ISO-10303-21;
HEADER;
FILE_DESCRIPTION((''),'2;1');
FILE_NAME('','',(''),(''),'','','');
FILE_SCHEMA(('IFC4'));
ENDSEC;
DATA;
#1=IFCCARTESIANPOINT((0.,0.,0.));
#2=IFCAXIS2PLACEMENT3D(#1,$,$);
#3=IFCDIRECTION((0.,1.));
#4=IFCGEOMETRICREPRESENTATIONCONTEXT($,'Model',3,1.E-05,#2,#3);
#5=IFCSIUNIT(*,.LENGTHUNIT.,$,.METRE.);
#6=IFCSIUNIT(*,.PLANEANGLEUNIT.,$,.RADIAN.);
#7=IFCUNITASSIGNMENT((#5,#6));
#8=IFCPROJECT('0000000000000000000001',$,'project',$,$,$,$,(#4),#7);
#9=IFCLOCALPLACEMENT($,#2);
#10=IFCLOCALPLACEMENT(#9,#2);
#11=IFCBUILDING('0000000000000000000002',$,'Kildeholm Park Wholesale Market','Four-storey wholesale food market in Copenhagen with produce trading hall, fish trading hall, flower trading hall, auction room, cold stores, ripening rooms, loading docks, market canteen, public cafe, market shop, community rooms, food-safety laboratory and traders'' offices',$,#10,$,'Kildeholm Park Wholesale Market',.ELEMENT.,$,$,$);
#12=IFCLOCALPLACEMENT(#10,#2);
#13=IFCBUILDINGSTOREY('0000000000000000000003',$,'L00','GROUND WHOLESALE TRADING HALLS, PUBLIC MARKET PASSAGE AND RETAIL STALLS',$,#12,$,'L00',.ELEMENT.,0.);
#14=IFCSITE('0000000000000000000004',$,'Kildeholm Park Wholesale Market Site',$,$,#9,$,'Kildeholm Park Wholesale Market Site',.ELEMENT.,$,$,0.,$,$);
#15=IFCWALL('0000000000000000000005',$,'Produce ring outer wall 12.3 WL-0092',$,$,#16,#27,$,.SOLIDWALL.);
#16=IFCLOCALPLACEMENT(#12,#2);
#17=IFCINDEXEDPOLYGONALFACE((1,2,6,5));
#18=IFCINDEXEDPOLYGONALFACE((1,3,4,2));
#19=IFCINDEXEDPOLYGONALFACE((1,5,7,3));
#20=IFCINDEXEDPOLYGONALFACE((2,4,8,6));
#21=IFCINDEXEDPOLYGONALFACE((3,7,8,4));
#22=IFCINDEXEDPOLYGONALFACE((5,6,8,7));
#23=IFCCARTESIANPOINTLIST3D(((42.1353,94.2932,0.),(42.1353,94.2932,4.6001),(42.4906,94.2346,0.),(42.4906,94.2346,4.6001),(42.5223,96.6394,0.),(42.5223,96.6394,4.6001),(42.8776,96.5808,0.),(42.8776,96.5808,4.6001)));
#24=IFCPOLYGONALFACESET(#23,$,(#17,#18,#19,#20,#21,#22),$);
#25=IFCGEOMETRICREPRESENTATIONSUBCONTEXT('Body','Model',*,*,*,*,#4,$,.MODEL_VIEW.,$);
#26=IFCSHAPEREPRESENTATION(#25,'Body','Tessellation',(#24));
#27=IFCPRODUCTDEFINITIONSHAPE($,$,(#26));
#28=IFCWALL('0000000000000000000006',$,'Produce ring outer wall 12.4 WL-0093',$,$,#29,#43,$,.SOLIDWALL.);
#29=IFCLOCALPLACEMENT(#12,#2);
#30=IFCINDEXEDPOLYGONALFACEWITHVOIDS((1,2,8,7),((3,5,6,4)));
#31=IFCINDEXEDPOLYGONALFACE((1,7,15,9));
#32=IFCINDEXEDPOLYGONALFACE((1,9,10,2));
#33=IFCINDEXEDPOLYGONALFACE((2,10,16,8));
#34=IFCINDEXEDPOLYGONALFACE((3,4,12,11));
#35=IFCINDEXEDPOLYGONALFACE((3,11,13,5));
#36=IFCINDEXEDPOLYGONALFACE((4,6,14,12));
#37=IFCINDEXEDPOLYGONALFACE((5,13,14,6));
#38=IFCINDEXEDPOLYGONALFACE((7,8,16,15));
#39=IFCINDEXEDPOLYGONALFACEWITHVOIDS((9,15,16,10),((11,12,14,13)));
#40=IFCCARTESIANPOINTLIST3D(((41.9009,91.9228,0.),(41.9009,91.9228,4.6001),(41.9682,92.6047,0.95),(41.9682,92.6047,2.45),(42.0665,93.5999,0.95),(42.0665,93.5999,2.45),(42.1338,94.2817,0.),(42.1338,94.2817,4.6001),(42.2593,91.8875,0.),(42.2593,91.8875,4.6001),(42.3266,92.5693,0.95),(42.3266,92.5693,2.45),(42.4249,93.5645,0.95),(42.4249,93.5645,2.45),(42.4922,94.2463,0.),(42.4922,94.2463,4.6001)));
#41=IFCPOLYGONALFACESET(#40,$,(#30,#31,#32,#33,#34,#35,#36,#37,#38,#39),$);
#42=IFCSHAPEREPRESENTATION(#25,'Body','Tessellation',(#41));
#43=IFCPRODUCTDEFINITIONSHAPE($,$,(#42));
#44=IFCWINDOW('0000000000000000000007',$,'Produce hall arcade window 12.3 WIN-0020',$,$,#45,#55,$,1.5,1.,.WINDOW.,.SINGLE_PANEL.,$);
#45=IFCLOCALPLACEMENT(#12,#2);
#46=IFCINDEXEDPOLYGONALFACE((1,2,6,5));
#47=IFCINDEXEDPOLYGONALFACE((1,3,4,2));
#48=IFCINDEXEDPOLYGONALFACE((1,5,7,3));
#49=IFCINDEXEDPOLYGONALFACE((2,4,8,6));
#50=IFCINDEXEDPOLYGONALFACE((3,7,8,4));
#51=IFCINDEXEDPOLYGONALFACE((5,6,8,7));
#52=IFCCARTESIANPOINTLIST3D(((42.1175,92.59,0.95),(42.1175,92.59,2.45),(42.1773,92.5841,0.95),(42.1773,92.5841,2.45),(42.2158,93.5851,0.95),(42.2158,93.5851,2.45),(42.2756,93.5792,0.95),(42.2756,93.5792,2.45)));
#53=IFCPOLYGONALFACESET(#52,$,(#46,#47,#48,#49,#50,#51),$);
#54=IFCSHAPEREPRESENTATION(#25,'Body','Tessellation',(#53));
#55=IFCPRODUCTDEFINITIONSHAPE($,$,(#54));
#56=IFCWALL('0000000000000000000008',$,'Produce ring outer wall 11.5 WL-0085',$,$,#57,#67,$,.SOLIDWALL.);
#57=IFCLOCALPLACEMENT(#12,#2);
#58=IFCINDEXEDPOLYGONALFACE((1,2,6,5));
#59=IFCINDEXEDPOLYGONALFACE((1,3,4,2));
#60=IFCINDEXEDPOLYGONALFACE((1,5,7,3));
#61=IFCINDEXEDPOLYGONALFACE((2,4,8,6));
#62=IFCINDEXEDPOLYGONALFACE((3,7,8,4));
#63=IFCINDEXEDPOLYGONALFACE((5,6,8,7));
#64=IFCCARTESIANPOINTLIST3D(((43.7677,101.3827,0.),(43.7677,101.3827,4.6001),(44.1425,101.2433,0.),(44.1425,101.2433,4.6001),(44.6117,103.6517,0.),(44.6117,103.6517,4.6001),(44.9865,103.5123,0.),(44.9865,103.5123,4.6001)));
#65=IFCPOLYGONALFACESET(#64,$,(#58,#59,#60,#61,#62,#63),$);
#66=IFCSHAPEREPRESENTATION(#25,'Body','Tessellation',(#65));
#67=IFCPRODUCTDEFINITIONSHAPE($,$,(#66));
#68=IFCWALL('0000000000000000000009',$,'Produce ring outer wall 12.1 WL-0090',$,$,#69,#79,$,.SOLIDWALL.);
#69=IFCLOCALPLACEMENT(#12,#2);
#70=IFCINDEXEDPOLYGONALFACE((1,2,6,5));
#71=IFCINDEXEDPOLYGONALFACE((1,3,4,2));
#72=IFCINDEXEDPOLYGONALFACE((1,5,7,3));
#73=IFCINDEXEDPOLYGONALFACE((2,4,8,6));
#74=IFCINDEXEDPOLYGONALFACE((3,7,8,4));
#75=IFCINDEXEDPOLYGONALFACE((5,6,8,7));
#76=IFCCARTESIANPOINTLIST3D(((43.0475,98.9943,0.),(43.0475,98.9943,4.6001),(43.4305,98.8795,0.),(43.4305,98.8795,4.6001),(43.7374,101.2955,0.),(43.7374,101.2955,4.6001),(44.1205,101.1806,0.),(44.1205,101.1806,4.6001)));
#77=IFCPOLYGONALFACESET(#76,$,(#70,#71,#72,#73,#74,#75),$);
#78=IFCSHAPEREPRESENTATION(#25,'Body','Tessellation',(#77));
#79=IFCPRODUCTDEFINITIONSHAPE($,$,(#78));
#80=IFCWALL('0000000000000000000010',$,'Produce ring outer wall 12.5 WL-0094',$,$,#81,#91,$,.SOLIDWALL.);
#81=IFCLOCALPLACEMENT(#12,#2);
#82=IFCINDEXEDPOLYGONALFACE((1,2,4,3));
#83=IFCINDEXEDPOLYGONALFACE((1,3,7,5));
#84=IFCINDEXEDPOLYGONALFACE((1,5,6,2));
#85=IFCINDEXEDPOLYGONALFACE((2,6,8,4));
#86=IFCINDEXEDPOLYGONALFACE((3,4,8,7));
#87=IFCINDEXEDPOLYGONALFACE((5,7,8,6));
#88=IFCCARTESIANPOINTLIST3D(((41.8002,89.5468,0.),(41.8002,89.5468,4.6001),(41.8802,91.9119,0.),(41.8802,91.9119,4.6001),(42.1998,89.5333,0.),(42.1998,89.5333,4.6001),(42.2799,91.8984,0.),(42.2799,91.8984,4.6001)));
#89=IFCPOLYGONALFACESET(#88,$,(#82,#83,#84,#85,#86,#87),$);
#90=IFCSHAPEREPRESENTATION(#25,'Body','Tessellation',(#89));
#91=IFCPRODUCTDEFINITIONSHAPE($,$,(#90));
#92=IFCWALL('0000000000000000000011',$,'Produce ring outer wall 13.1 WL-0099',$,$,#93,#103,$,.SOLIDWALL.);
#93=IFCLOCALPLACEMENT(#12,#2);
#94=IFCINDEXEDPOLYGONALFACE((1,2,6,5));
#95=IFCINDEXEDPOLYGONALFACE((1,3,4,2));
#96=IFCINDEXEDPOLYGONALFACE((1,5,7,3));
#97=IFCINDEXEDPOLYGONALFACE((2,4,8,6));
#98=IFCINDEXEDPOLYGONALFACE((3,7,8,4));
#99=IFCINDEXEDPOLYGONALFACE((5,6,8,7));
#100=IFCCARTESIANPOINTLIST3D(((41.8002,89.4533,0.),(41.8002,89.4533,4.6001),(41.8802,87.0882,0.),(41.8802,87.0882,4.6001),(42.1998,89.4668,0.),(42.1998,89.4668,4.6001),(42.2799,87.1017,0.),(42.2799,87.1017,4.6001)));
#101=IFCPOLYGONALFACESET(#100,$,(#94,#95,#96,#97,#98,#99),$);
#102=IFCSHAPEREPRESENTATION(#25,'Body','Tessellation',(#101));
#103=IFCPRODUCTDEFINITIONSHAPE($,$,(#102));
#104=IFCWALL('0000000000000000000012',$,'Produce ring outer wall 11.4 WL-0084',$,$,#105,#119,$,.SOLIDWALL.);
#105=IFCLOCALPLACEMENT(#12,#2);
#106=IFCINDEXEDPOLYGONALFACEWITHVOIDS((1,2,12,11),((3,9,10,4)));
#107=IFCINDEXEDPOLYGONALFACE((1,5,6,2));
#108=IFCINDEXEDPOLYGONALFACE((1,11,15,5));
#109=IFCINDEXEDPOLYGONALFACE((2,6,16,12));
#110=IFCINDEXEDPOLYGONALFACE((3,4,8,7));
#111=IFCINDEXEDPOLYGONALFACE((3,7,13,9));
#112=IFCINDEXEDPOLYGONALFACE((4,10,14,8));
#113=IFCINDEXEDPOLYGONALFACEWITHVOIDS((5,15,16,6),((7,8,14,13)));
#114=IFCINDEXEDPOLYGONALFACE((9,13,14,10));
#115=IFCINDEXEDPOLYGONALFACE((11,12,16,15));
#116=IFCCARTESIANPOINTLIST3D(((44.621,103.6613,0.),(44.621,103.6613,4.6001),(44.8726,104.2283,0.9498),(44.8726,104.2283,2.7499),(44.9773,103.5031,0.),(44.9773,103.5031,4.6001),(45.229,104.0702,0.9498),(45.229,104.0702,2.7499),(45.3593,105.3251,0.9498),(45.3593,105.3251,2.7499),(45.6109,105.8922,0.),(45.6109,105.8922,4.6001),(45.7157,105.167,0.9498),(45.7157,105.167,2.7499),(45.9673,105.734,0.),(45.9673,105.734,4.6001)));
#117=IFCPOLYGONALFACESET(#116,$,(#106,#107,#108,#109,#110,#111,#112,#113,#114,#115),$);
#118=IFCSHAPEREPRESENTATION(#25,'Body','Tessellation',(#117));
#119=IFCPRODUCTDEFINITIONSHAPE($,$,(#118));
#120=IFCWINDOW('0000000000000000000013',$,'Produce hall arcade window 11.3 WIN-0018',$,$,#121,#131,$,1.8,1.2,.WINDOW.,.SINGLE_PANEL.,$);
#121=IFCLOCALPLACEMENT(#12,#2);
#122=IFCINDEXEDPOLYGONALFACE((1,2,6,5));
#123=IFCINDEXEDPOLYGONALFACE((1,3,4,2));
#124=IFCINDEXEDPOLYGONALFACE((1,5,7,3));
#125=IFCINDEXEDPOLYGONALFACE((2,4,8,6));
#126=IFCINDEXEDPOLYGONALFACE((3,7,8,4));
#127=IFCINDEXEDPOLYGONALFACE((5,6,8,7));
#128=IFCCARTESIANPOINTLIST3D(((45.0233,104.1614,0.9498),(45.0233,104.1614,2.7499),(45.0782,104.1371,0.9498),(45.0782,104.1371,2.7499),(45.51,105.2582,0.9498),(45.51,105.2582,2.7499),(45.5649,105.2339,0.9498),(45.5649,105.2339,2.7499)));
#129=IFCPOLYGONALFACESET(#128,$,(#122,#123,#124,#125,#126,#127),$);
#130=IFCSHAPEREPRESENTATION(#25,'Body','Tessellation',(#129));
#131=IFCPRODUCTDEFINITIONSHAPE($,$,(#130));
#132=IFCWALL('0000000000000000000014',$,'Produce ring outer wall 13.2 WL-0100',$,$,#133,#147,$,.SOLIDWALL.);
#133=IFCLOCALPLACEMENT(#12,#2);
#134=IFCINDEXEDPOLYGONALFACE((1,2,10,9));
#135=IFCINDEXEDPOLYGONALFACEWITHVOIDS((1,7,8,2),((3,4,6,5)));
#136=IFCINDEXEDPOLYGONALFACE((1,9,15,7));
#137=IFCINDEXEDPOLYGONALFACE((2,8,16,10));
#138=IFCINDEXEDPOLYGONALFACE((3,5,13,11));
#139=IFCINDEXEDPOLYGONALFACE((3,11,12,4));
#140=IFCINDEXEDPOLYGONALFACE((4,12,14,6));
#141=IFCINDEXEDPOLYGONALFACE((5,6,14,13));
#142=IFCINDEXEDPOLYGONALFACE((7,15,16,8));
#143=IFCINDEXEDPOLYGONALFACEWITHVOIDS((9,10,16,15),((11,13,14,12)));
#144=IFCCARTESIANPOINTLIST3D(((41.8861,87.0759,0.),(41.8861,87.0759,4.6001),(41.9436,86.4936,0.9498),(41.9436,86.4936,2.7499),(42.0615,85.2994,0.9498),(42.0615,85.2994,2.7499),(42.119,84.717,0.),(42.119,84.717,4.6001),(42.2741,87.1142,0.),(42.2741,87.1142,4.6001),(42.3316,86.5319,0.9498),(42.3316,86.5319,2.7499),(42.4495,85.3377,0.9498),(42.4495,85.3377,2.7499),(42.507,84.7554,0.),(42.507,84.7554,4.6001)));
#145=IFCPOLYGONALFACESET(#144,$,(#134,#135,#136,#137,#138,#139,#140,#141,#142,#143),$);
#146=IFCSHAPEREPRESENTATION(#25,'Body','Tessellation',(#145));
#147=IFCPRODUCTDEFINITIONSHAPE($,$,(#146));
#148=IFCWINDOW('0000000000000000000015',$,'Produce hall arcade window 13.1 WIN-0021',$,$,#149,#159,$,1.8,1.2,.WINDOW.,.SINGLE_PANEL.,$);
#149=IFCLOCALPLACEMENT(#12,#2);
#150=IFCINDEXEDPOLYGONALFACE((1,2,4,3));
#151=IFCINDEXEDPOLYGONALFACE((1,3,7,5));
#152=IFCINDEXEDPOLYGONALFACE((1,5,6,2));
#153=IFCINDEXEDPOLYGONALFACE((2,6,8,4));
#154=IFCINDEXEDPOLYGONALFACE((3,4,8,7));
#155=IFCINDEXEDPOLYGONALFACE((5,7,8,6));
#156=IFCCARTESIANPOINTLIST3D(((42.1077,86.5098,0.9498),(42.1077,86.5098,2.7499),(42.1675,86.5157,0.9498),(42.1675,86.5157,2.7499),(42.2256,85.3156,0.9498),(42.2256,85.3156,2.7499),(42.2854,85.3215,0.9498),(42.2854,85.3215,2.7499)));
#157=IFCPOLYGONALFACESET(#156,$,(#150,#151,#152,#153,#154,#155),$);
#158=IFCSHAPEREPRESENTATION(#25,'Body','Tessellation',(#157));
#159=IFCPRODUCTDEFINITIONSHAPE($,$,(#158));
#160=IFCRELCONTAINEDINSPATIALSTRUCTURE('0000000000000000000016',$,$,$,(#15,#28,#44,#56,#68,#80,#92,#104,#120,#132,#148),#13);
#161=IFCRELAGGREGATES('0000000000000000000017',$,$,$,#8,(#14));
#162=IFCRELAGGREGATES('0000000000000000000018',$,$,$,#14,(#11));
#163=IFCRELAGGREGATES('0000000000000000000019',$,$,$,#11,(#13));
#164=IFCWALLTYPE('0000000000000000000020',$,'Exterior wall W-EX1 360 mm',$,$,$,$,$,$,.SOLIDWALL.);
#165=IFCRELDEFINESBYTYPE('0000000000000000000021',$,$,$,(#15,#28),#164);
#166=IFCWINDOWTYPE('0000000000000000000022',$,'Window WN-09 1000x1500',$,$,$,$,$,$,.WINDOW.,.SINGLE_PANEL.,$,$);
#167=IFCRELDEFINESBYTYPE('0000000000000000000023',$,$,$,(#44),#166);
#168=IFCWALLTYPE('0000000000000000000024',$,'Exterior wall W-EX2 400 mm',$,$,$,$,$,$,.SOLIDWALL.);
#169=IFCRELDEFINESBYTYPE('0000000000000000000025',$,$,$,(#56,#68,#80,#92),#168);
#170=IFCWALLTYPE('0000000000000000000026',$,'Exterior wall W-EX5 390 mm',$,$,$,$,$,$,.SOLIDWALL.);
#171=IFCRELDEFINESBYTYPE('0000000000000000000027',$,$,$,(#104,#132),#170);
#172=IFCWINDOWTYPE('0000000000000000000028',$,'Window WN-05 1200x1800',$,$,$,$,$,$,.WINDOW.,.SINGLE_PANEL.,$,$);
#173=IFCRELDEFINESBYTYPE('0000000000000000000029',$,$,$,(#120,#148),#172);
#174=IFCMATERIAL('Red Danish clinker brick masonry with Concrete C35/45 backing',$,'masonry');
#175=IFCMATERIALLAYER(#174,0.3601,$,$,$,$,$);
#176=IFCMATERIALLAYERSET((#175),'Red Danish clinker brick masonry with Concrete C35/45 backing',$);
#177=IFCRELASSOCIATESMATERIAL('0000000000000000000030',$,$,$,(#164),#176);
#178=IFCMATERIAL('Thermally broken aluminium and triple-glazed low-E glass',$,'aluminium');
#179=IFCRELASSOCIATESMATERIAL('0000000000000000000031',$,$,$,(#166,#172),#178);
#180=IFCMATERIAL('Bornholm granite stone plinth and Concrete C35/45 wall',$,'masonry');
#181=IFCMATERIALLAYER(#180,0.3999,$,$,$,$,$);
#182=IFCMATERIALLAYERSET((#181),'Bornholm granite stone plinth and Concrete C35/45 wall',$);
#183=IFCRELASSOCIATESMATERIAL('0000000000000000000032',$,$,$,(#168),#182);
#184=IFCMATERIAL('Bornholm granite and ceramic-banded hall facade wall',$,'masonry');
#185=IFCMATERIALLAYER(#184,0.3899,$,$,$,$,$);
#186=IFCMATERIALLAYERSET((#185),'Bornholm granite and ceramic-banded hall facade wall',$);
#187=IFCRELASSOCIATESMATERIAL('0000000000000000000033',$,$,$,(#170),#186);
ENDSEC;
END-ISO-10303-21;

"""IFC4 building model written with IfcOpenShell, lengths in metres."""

from ifc_helpers import new_model, si_unit, direction, frame, frame_2d, origin, place, context, subcontext, project, spatial, rectangle, extrude, material, layer, layer_set, type_object, element, fill, save


model = new_model("IFC4")

# Units and contexts
model_context = context("Model", 3, precision=1e-05, world=origin(), true_north=direction((0.0, 1.0)))
body_context = subcontext(model_context, "Body", "Model", "MODEL_VIEW")
ifc_project = project(units=[si_unit("LENGTHUNIT", "METRE"), si_unit("PLANEANGLEUNIT", "RADIAN")], contexts=[model_context])

# Site, building, storey
site_placement = place(None, origin())
site = spatial("IfcSite", under=ifc_project, at=site_placement, Name="Kildeholm Park Wholesale Market Site", LongName="Kildeholm Park Wholesale Market Site", CompositionType="ELEMENT", RefElevation=0.0)
building_placement = place(site_placement, origin())
building = spatial("IfcBuilding", under=site, at=building_placement, Name="Kildeholm Park Wholesale Market", Description="Four-storey wholesale food market in Copenhagen with produce trading hall, fish trading hall, flower trading hall, auction room, cold stores, ripening rooms, loading docks, market canteen, public cafe, market shop, community rooms, food-safety laboratory and traders' offices", LongName="Kildeholm Park Wholesale Market", CompositionType="ELEMENT")
storey_placement = place(building_placement, origin())
storey = spatial("IfcBuildingStorey", under=building, at=storey_placement, Name="L00", Description="GROUND WHOLESALE TRADING HALLS, PUBLIC MARKET PASSAGE AND RETAIL STALLS", LongName="L00", CompositionType="ELEMENT", Elevation=0.0)

# Shared definitions
ifc_material_1 = material(Name="Red Danish clinker brick masonry with Concrete C35/45 backing", Category="masonry")
ifc_layer_1 = layer(ifc_material_1, 0.3601)
ifc_layer_set_1 = layer_set([ifc_layer_1], Name="Red Danish clinker brick masonry with Concrete C35/45 backing")
wall_type_1 = type_object("IfcWallType", Name="Exterior wall W-EX1 360 mm", PredefinedType="SOLIDWALL", material=ifc_layer_set_1)
ifc_material_2 = material(Name="Thermally broken aluminium and triple-glazed low-E glass", Category="aluminium")

# Wall
wall_1_placement = place(storey_placement, frame((42.7, 96.6101, 0.0), z_axis=(0.0, 0.0, 1.0), x_axis=(-0.162734, -0.98667, 0.0)))
element("IfcWall", 1, at=wall_1_placement, inside=storey, type_object=wall_type_1, Name="Produce ring outer wall 12.3 WL-0092", PredefinedType="SOLIDWALL", context=body_context, shape_type="SweptSolid", body=[
    extrude(rectangle(XDim=2.3779, YDim=0.3601, at=frame_2d((1.189, 0.0))), origin(), (0.0, 0.0, 1.0), 4.6001),
])

# Wall, opening, window
wall_2_placement = place(storey_placement, frame((42.313, 94.2639, 0.0), z_axis=(0.0, 0.0, 1.0), x_axis=(-0.09826, -0.995161, 0.0)))
wall_2 = element("IfcWall", 2, at=wall_2_placement, inside=storey, type_object=wall_type_1, Name="Produce ring outer wall 12.4 WL-0093", PredefinedType="SOLIDWALL", context=body_context, shape_type="SweptSolid", body=[
    extrude(rectangle(XDim=2.3704, YDim=0.3601, at=frame_2d((1.1851, 0.0))), origin(), (0.0, 0.0, 1.0), 4.6001),
])
opening_1_placement = place(wall_2_placement, frame((0.6851, 0.0, 0.95)))
opening_1 = element("IfcOpeningElement", 3, at=opening_1_placement, cuts=wall_2, PredefinedType="OPENING", context=body_context, shape_type="SweptSolid", body=[
    extrude(rectangle(XDim=1.0, YDim=1.5, at=frame_2d((0.5, 0.75))), frame((0.0, 0.1899, 0.0), z_axis=(0.0, -1.0, 0.0), x_axis=(1.0, 0.0, 0.0)), (0.0, 0.0, 1.0), 0.3801),
])
window_type_1 = type_object("IfcWindowType", Name="Window WN-09 1000x1500", PartitioningType="SINGLE_PANEL", PredefinedType="WINDOW", material=ifc_material_2)
window_1_placement = place(opening_1_placement, origin())
window_1 = element("IfcWindow", 4, at=window_1_placement, inside=storey, type_object=window_type_1, Name="Produce hall arcade window 12.3 WIN-0020", OverallHeight=1.5, OverallWidth=1.0, PartitioningType="SINGLE_PANEL", PredefinedType="WINDOW", context=body_context, shape_type="SweptSolid", body=[
    extrude(rectangle(XDim=1.0, YDim=1.5, at=frame_2d((0.5, 0.75))), frame((0.0, 0.03, 0.0), z_axis=(0.0, -1.0, 0.0), x_axis=(1.0, 0.0, 0.0)), (0.0, 0.0, 1.0), 0.0601),
])
fill(opening_1, window_1)

# Walls
ifc_material_3 = material(Name="Bornholm granite stone plinth and Concrete C35/45 wall", Category="masonry")
ifc_layer_2 = layer(ifc_material_3, 0.3999)
ifc_layer_set_2 = layer_set([ifc_layer_2], Name="Bornholm granite stone plinth and Concrete C35/45 wall")
wall_type_2 = type_object("IfcWallType", Name="Exterior wall W-EX2 400 mm", PredefinedType="SOLIDWALL", material=ifc_layer_set_2)
wall_3_placement = place(storey_placement, frame((44.7991, 103.582, 0.0), z_axis=(0.0, 0.0, 1.0), x_axis=(-0.348625, -0.937262, 0.0)))
element("IfcWall", 5, at=wall_3_placement, inside=storey, type_object=wall_type_2, Name="Produce ring outer wall 11.5 WL-0085", PredefinedType="SOLIDWALL", context=body_context, shape_type="SweptSolid", body=[
    extrude(rectangle(XDim=2.4209, YDim=0.3999, at=frame_2d((1.2104, 0.0))), origin(), (0.0, 0.0, 1.0), 4.6001),
])
wall_4_placement = place(storey_placement, frame((43.929, 101.238, 0.0), z_axis=(0.0, 0.0, 1.0), x_axis=(-0.287208, -0.957868, 0.0)))
element("IfcWall", 6, at=wall_4_placement, inside=storey, type_object=wall_type_2, Name="Produce ring outer wall 12.1 WL-0090", PredefinedType="SOLIDWALL", context=body_context, shape_type="SweptSolid", body=[
    extrude(rectangle(XDim=2.4023, YDim=0.3999, at=frame_2d((1.2012, 0.0))), origin(), (0.0, 0.0, 1.0), 4.6001),
])
for number, where, z_axis, x_axis, name in (
    (7, (42.0801, 91.905, 0.0), (0.0, 0.0, 1.0), (-0.03384, -0.999427, 0.0), "Produce ring outer wall 12.5 WL-0094"),
    (8, (42.0, 89.46, 0.0), (0.0, 0.0, 1.0), (0.03384, -0.999427, 0.0), "Produce ring outer wall 13.1 WL-0099"),
):
    element("IfcWall", number, at=place(storey_placement, frame(where, z_axis=z_axis, x_axis=x_axis)), inside=storey, type_object=wall_type_2, Name=name, PredefinedType="SOLIDWALL", context=body_context, shape_type="SweptSolid", body=[
        extrude(rectangle(XDim=2.3665, YDim=0.3999, at=frame_2d((1.1831, 0.0))), origin(), (0.0, 0.0, 1.0), 4.6001),
    ])

# Walls, openings, windows
ifc_material_4 = material(Name="Bornholm granite and ceramic-banded hall facade wall", Category="masonry")
ifc_layer_3 = layer(ifc_material_4, 0.3899)
ifc_layer_set_3 = layer_set([ifc_layer_3], Name="Bornholm granite and ceramic-banded hall facade wall")
wall_type_3 = type_object("IfcWallType", Name="Exterior wall W-EX5 390 mm", PredefinedType="SOLIDWALL", material=ifc_layer_set_3)
wall_5_placement = place(storey_placement, frame((45.7891, 105.813, 0.0), z_axis=(0.0, 0.0, 1.0), x_axis=(-0.405609, -0.914047, 0.0)))
wall_5 = element("IfcWall", 9, at=wall_5_placement, inside=storey, type_object=wall_type_3, Name="Produce ring outer wall 11.4 WL-0084", PredefinedType="SOLIDWALL", context=body_context, shape_type="SweptSolid", body=[
    extrude(rectangle(XDim=2.4407, YDim=0.3899, at=frame_2d((1.2202, 0.0))), origin(), (0.0, 0.0, 1.0), 4.6001),
])
opening_2_placement = place(wall_5_placement, frame((0.6201, 0.0, 0.95)))
opening_2 = element("IfcOpeningElement", 10, at=opening_2_placement, cuts=wall_5, PredefinedType="OPENING", context=body_context, shape_type="SweptSolid", body=[
    extrude(rectangle(XDim=1.2, YDim=1.8, at=frame_2d((0.6001, 0.8999))), frame((0.0, 0.2048, 0.0), z_axis=(0.0, -1.0, 0.0), x_axis=(1.0, 0.0, 0.0)), (0.0, 0.0, 1.0), 0.4099),
])
window_type_2 = type_object("IfcWindowType", Name="Window WN-05 1200x1800", PartitioningType="SINGLE_PANEL", PredefinedType="WINDOW", material=ifc_material_2)
window_2_placement = place(opening_2_placement, origin())
window_2 = element("IfcWindow", 11, at=window_2_placement, inside=storey, type_object=window_type_2, Name="Produce hall arcade window 11.3 WIN-0018", OverallHeight=1.8, OverallWidth=1.2, PartitioningType="SINGLE_PANEL", PredefinedType="WINDOW", context=body_context, shape_type="SweptSolid", body=[
    extrude(rectangle(XDim=1.2, YDim=1.8, at=frame_2d((0.6001, 0.8999))), frame((0.0, 0.03, 0.0), z_axis=(0.0, -1.0, 0.0), x_axis=(1.0, 0.0, 0.0)), (0.0, 0.0, 1.0), 0.0601),
])
fill(opening_2, window_2)
wall_6_placement = place(storey_placement, frame((42.0801, 87.095, 0.0), z_axis=(0.0, 0.0, 1.0), x_axis=(0.09826, -0.995161, 0.0)))
wall_6 = element("IfcWall", 12, at=wall_6_placement, inside=storey, type_object=wall_type_3, Name="Produce ring outer wall 13.2 WL-0100", PredefinedType="SOLIDWALL", context=body_context, shape_type="SweptSolid", body=[
    extrude(rectangle(XDim=2.3704, YDim=0.3899, at=frame_2d((1.1851, 0.0))), origin(), (0.0, 0.0, 1.0), 4.6001),
])
opening_3_placement = place(wall_6_placement, frame((0.585, 0.0, 0.95)))
opening_3 = element("IfcOpeningElement", 13, at=opening_3_placement, cuts=wall_6, PredefinedType="OPENING", context=body_context, shape_type="SweptSolid", body=[
    extrude(rectangle(XDim=1.2, YDim=1.8, at=frame_2d((0.6001, 0.8999))), frame((0.0, 0.2048, 0.0), z_axis=(0.0, -1.0, 0.0), x_axis=(1.0, 0.0, 0.0)), (0.0, 0.0, 1.0), 0.4099),
])
window_3_placement = place(opening_3_placement, origin())
window_3 = element("IfcWindow", 14, at=window_3_placement, inside=storey, type_object=window_type_2, Name="Produce hall arcade window 13.1 WIN-0021", OverallHeight=1.8, OverallWidth=1.2, PartitioningType="SINGLE_PANEL", PredefinedType="WINDOW", context=body_context, shape_type="SweptSolid", body=[
    extrude(rectangle(XDim=1.2, YDim=1.8, at=frame_2d((0.6001, 0.8999))), frame((0.0, 0.03, 0.0), z_axis=(0.0, -1.0, 0.0), x_axis=(1.0, 0.0, 0.0)), (0.0, 0.0, 1.0), 0.0601),
])
fill(opening_3, window_3)

save(model, "model.ifc")
